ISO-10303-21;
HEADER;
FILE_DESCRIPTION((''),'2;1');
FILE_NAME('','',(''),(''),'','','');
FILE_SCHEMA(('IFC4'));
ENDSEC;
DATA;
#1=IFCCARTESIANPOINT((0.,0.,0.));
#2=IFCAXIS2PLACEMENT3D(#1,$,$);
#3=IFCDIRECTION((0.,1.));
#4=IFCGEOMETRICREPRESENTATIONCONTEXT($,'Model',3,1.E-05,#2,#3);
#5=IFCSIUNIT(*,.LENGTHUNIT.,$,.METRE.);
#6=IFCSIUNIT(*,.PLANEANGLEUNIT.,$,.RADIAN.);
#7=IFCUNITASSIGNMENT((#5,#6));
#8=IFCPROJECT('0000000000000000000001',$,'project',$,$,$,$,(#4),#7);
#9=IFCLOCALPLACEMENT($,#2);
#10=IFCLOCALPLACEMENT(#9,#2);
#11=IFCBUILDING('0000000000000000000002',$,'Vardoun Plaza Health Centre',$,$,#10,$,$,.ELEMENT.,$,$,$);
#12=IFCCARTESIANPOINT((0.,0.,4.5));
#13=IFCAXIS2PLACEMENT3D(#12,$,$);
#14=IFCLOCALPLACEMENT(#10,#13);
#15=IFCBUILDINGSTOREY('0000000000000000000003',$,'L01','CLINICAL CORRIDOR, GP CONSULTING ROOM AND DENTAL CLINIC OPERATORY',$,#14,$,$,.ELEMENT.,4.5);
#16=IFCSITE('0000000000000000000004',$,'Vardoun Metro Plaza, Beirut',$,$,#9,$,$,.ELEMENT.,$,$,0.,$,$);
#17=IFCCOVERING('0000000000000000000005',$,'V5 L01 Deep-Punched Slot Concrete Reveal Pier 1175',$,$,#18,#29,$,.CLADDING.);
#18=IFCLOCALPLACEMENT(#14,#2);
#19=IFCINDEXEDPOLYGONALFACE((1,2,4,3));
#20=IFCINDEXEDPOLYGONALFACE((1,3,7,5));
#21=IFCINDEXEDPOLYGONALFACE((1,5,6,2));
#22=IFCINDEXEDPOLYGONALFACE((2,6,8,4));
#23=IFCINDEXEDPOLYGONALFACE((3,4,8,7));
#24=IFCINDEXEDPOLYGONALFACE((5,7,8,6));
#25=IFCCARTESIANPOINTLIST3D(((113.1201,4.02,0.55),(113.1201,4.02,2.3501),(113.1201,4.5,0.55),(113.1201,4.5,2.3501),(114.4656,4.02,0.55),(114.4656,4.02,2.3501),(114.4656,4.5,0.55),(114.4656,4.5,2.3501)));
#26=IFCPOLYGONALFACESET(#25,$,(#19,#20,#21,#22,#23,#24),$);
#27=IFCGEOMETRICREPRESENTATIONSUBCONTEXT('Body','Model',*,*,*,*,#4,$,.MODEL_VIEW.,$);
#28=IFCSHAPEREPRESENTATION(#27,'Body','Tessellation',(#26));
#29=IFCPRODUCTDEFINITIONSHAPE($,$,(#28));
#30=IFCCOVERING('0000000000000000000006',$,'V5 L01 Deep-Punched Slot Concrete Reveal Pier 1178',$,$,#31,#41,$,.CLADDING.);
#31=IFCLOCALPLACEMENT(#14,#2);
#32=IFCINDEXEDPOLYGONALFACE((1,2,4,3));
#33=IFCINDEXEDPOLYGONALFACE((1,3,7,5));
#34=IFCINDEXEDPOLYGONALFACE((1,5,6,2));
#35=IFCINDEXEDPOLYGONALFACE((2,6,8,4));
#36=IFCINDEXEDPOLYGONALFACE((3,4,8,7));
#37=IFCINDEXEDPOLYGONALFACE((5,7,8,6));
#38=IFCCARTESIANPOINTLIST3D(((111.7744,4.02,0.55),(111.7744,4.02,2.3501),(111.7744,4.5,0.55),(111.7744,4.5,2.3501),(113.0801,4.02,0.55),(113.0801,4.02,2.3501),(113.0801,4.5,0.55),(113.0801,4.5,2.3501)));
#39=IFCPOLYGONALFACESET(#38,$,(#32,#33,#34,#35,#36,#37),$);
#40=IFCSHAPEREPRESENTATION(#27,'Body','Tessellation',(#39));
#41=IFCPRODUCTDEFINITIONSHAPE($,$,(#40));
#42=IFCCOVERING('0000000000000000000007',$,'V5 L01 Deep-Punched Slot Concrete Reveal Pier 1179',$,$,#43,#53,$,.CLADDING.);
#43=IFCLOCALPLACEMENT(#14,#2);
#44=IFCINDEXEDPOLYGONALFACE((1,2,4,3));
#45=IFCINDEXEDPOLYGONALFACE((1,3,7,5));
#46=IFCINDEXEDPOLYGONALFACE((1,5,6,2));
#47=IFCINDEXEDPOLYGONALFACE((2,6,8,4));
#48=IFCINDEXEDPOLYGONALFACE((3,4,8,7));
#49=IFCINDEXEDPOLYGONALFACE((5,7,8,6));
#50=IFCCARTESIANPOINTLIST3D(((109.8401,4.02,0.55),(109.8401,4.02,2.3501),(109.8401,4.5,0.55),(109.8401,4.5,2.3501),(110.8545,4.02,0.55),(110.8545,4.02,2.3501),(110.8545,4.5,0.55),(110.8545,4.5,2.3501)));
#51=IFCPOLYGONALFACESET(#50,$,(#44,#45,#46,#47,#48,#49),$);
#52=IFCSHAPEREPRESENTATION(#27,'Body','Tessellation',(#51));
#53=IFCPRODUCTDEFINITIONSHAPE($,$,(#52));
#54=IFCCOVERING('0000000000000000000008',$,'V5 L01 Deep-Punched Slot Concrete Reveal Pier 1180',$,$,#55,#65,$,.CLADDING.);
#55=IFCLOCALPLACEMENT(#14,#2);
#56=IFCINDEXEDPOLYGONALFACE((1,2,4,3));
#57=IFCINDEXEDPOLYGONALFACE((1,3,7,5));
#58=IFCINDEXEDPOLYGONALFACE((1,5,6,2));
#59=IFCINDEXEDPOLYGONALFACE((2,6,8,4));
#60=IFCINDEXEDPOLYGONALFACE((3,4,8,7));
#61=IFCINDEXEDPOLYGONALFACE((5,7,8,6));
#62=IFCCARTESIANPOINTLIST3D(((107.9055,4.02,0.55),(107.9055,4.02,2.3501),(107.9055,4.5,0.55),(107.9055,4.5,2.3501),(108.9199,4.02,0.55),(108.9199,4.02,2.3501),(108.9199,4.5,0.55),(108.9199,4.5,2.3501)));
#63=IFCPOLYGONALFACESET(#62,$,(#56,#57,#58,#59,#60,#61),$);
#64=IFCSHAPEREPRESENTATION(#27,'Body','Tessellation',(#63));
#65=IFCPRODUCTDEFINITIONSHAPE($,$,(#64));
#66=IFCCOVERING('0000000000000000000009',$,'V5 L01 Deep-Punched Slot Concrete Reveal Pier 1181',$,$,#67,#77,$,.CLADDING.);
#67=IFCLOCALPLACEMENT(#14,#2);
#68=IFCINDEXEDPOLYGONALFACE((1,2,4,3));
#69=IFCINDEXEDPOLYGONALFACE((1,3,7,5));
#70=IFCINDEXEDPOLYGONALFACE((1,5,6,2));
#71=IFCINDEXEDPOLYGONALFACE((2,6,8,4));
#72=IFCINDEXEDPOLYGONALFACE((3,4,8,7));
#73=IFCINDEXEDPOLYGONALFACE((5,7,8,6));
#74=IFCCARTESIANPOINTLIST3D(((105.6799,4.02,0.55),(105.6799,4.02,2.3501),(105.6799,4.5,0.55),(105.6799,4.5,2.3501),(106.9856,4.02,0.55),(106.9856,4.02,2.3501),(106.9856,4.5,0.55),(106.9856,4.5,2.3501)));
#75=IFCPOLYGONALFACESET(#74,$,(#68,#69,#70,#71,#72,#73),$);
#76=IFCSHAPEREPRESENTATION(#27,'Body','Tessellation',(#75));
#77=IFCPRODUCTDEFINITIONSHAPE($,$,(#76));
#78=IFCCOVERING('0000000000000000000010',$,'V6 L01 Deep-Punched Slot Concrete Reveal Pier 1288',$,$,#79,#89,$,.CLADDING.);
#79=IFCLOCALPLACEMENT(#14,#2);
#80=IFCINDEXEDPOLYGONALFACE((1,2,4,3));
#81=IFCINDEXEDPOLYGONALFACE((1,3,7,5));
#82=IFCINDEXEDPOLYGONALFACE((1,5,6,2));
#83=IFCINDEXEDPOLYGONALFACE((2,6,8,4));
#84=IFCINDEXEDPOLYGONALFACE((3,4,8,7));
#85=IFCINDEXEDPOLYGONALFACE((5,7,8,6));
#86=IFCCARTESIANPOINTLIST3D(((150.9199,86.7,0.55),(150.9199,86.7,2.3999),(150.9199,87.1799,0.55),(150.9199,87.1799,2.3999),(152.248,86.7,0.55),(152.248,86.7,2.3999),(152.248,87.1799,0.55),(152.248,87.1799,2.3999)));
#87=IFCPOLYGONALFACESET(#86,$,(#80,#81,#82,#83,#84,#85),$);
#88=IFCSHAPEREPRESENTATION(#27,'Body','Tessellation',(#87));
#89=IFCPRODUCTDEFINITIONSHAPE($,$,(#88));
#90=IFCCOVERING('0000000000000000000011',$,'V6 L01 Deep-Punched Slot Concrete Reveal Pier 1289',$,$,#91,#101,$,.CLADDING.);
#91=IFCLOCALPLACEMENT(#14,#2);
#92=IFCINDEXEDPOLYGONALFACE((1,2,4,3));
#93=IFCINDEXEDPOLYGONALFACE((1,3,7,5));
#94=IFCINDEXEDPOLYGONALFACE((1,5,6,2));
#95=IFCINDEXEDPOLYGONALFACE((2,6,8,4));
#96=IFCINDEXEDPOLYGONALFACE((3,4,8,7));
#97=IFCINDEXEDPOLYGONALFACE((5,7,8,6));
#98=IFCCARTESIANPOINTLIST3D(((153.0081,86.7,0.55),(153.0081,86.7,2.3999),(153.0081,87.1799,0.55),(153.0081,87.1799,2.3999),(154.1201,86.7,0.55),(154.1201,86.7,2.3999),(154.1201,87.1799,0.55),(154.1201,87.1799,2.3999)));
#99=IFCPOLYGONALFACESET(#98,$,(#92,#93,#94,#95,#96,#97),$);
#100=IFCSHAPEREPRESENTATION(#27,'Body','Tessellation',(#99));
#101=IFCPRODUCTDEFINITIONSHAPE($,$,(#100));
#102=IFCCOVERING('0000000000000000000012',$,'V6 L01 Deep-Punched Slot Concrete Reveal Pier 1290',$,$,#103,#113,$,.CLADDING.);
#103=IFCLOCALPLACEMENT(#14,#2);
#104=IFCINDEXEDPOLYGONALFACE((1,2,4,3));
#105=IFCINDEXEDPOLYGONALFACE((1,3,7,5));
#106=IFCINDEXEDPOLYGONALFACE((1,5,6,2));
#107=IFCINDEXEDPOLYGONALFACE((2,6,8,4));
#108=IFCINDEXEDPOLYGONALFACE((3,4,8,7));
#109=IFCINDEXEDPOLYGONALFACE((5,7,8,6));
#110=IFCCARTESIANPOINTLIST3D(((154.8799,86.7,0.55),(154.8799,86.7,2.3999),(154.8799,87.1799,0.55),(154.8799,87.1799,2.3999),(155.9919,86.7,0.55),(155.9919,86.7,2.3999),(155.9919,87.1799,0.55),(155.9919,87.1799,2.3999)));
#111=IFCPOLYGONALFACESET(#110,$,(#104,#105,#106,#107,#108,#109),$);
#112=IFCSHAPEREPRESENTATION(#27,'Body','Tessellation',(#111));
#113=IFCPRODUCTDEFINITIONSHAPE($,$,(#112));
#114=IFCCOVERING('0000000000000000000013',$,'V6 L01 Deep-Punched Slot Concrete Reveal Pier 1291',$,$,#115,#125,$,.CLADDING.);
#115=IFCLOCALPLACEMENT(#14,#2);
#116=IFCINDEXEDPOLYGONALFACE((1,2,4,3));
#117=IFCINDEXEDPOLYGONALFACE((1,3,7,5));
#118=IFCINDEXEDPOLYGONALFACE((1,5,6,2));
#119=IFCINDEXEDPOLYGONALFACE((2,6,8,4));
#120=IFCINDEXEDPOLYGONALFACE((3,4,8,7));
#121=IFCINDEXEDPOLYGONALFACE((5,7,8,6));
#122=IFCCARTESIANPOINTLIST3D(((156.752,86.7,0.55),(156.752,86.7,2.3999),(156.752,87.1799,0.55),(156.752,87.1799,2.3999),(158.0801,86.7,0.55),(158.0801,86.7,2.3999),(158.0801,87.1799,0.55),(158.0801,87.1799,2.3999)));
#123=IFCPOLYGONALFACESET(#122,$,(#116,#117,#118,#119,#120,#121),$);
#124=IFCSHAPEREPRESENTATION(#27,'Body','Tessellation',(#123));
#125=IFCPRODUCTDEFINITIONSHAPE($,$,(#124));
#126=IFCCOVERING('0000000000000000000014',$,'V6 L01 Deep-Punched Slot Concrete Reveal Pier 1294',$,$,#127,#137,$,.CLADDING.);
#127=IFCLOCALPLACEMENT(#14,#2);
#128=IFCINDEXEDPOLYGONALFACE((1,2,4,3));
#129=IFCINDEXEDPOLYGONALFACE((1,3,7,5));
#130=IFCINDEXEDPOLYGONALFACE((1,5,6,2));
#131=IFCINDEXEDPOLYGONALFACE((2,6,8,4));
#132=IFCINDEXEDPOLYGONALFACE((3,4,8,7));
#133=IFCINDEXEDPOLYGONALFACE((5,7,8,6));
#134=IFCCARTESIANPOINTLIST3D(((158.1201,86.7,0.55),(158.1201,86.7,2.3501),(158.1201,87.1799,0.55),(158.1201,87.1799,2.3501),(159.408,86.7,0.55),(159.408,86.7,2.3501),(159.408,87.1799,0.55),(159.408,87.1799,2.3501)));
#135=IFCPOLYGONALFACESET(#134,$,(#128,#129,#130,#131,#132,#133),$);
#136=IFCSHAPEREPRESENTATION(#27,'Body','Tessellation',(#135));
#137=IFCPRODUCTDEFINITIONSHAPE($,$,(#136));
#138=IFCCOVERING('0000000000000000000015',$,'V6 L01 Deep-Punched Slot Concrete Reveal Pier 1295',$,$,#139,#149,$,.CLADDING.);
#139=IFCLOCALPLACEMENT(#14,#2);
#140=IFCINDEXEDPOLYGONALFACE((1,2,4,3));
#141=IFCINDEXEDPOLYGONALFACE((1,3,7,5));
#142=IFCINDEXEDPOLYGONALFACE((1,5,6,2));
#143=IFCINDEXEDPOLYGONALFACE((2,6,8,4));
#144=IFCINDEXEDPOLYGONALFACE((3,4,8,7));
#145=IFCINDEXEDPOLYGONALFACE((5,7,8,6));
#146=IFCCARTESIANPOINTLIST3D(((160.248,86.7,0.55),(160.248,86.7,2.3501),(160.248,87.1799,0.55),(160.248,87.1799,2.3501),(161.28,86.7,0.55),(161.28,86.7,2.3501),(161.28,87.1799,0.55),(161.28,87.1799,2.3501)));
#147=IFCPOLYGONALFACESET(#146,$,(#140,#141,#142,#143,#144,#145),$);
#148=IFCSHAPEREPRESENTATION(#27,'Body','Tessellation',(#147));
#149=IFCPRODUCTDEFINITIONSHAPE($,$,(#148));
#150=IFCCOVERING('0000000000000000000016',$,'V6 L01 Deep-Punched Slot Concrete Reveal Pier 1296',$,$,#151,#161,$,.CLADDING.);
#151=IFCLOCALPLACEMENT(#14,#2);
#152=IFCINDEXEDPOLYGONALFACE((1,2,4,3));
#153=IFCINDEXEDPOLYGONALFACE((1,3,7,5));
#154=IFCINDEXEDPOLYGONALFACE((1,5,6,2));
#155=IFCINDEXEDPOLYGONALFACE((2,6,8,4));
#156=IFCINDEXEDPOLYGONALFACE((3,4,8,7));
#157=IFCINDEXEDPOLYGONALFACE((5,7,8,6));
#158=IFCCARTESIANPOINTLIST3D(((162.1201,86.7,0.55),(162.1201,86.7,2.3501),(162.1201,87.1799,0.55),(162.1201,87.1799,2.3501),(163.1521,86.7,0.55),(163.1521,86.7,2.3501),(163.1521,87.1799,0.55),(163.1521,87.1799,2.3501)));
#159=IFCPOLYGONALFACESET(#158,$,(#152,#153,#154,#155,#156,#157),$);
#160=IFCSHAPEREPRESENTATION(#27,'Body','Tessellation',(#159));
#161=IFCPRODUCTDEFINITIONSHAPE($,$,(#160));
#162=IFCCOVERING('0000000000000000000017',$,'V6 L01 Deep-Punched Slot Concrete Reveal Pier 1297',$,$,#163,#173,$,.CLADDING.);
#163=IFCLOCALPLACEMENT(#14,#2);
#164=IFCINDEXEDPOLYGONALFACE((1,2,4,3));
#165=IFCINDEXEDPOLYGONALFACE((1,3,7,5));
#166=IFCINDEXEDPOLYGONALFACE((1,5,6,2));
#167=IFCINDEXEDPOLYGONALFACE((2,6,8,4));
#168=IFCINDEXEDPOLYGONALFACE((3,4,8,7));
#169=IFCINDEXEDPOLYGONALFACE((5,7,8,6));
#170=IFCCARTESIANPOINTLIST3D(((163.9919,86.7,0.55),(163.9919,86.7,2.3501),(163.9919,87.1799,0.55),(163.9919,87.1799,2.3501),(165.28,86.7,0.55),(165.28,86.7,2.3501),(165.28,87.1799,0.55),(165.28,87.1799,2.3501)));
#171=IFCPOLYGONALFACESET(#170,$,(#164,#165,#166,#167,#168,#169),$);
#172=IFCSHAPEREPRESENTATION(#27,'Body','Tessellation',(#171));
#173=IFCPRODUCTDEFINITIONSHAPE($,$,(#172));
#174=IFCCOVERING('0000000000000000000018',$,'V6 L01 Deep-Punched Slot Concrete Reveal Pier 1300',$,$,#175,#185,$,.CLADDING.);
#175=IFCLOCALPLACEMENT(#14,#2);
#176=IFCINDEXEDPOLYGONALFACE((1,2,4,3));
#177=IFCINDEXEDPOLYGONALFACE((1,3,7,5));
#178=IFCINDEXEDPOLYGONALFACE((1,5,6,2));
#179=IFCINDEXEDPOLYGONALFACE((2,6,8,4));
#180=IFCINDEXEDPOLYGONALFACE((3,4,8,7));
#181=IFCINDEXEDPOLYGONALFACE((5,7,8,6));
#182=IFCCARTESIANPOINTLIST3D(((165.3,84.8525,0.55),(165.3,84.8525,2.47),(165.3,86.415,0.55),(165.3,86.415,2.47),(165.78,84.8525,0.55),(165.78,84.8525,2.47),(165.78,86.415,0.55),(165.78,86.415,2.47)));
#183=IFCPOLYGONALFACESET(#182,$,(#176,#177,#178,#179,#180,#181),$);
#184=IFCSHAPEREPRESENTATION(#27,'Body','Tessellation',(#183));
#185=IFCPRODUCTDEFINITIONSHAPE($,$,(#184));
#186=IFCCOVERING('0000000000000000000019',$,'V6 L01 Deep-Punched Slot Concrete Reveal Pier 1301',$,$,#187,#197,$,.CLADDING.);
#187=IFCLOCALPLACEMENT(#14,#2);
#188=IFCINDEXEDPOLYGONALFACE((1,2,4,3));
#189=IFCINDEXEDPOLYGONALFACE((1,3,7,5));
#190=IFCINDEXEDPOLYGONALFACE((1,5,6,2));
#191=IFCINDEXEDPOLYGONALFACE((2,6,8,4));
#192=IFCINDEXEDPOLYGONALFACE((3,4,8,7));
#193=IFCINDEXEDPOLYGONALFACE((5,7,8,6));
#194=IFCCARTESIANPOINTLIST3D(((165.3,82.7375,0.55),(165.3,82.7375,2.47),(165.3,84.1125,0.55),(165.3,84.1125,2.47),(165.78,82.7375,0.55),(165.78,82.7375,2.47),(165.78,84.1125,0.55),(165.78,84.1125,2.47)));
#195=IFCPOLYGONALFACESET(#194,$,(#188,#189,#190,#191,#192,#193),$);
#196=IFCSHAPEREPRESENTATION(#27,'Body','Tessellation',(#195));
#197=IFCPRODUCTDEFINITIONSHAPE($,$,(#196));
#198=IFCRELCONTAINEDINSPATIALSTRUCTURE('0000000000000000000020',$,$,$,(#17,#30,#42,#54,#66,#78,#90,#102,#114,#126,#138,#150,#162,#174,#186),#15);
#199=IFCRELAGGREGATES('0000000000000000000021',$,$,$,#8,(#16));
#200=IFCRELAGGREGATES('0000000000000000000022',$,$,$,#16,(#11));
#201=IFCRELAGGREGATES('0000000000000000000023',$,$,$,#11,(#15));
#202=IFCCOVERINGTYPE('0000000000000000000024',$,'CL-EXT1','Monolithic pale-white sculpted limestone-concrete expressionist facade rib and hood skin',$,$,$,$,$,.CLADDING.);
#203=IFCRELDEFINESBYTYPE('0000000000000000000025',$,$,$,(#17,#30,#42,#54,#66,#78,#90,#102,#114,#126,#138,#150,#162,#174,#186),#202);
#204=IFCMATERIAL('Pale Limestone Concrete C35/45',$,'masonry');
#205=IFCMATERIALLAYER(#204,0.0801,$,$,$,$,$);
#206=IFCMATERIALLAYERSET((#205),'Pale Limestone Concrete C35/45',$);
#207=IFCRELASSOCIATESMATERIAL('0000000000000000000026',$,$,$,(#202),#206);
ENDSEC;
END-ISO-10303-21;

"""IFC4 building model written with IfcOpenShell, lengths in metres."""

from ifc_helpers import new_model, si_unit, direction, frame, origin, place, context, subcontext, project, spatial, polyline, outline, extrude, material, layer, layer_set, type_object, element, save


model = new_model("IFC4")

# Units and contexts
model_context = context("Model", 3, precision=1e-05, world=origin(), true_north=direction((0.0, 1.0)))
body_context = subcontext(model_context, "Body", "Model", "MODEL_VIEW")
ifc_project = project(units=[si_unit("LENGTHUNIT", "METRE"), si_unit("PLANEANGLEUNIT", "RADIAN")], contexts=[model_context])

# Site, building, storey
site_placement = place(None, origin())
site = spatial("IfcSite", under=ifc_project, at=site_placement, Name="Vardoun Metro Plaza, Beirut", CompositionType="ELEMENT", RefElevation=0.0)
building_placement = place(site_placement, origin())
building = spatial("IfcBuilding", under=site, at=building_placement, Name="Vardoun Plaza Health Centre", CompositionType="ELEMENT")
storey_placement = place(building_placement, frame((0.0, 0.0, 4.5)))
storey = spatial("IfcBuildingStorey", under=building, at=storey_placement, Name="L01", Description="CLINICAL CORRIDOR, GP CONSULTING ROOM AND DENTAL CLINIC OPERATORY", CompositionType="ELEMENT", Elevation=4.5)

# Coverings
ifc_material = material(Name="Pale Limestone Concrete C35/45", Category="masonry")
ifc_layer = layer(ifc_material, 0.0801)
ifc_layer_set = layer_set([ifc_layer], Name="Pale Limestone Concrete C35/45")
covering_type = type_object("IfcCoveringType", Name="CL-EXT1", Description="Monolithic pale-white sculpted limestone-concrete expressionist facade rib and hood skin", PredefinedType="CLADDING", material=ifc_layer_set)
covering_1_placement = place(storey_placement, frame((0.0, 0.0, 0.55)))
element("IfcCovering", 1, at=covering_1_placement, inside=storey, type_object=covering_type, Name="V5 L01 Deep-Punched Slot Concrete Reveal Pier 1175", PredefinedType="CLADDING", context=body_context, shape_type="SweptSolid", body=[
    extrude(outline(polyline([(114.4656, 4.5), (113.1201, 4.5), (113.1201, 4.02), (114.4656, 4.02), (114.4656, 4.5)])), origin(), (0.0, 0.0, 1.0), 1.8),
])
covering_2_placement = place(storey_placement, frame((0.0, 0.0, 0.55)))
element("IfcCovering", 2, at=covering_2_placement, inside=storey, type_object=covering_type, Name="V5 L01 Deep-Punched Slot Concrete Reveal Pier 1178", PredefinedType="CLADDING", context=body_context, shape_type="SweptSolid", body=[
    extrude(outline(polyline([(113.0801, 4.5), (111.7744, 4.5), (111.7744, 4.02), (113.0801, 4.02), (113.0801, 4.5)])), origin(), (0.0, 0.0, 1.0), 1.8),
])
covering_3_placement = place(storey_placement, frame((0.0, 0.0, 0.55)))
element("IfcCovering", 3, at=covering_3_placement, inside=storey, type_object=covering_type, Name="V5 L01 Deep-Punched Slot Concrete Reveal Pier 1179", PredefinedType="CLADDING", context=body_context, shape_type="SweptSolid", body=[
    extrude(outline(polyline([(110.8545, 4.5), (109.8401, 4.5), (109.8401, 4.02), (110.8545, 4.02), (110.8545, 4.5)])), origin(), (0.0, 0.0, 1.0), 1.8),
])
covering_4_placement = place(storey_placement, frame((0.0, 0.0, 0.55)))
element("IfcCovering", 4, at=covering_4_placement, inside=storey, type_object=covering_type, Name="V5 L01 Deep-Punched Slot Concrete Reveal Pier 1180", PredefinedType="CLADDING", context=body_context, shape_type="SweptSolid", body=[
    extrude(outline(polyline([(108.9199, 4.5), (107.9055, 4.5), (107.9055, 4.02), (108.9199, 4.02), (108.9199, 4.5)])), origin(), (0.0, 0.0, 1.0), 1.8),
])
covering_5_placement = place(storey_placement, frame((0.0, 0.0, 0.55)))
element("IfcCovering", 5, at=covering_5_placement, inside=storey, type_object=covering_type, Name="V5 L01 Deep-Punched Slot Concrete Reveal Pier 1181", PredefinedType="CLADDING", context=body_context, shape_type="SweptSolid", body=[
    extrude(outline(polyline([(106.9856, 4.5), (105.6799, 4.5), (105.6799, 4.02), (106.9856, 4.02), (106.9856, 4.5)])), origin(), (0.0, 0.0, 1.0), 1.8),
])
covering_6_placement = place(storey_placement, frame((0.0, 0.0, 0.55)))
element("IfcCovering", 6, at=covering_6_placement, inside=storey, type_object=covering_type, Name="V6 L01 Deep-Punched Slot Concrete Reveal Pier 1288", PredefinedType="CLADDING", context=body_context, shape_type="SweptSolid", body=[
    extrude(outline(polyline([(150.9199, 86.7), (152.248, 86.7), (152.248, 87.1799), (150.9199, 87.1799), (150.9199, 86.7)])), origin(), (0.0, 0.0, 1.0), 1.8499),
])
covering_7_placement = place(storey_placement, frame((0.0, 0.0, 0.55)))
element("IfcCovering", 7, at=covering_7_placement, inside=storey, type_object=covering_type, Name="V6 L01 Deep-Punched Slot Concrete Reveal Pier 1289", PredefinedType="CLADDING", context=body_context, shape_type="SweptSolid", body=[
    extrude(outline(polyline([(153.0081, 86.7), (154.1201, 86.7), (154.1201, 87.1799), (153.0081, 87.1799), (153.0081, 86.7)])), origin(), (0.0, 0.0, 1.0), 1.8499),
])
covering_8_placement = place(storey_placement, frame((0.0, 0.0, 0.55)))
element("IfcCovering", 8, at=covering_8_placement, inside=storey, type_object=covering_type, Name="V6 L01 Deep-Punched Slot Concrete Reveal Pier 1290", PredefinedType="CLADDING", context=body_context, shape_type="SweptSolid", body=[
    extrude(outline(polyline([(154.8799, 86.7), (155.9919, 86.7), (155.9919, 87.1799), (154.8799, 87.1799), (154.8799, 86.7)])), origin(), (0.0, 0.0, 1.0), 1.8499),
])
covering_9_placement = place(storey_placement, frame((0.0, 0.0, 0.55)))
element("IfcCovering", 9, at=covering_9_placement, inside=storey, type_object=covering_type, Name="V6 L01 Deep-Punched Slot Concrete Reveal Pier 1291", PredefinedType="CLADDING", context=body_context, shape_type="SweptSolid", body=[
    extrude(outline(polyline([(156.752, 86.7), (158.0801, 86.7), (158.0801, 87.1799), (156.752, 87.1799), (156.752, 86.7)])), origin(), (0.0, 0.0, 1.0), 1.8499),
])
covering_10_placement = place(storey_placement, frame((0.0, 0.0, 0.55)))
element("IfcCovering", 10, at=covering_10_placement, inside=storey, type_object=covering_type, Name="V6 L01 Deep-Punched Slot Concrete Reveal Pier 1294", PredefinedType="CLADDING", context=body_context, shape_type="SweptSolid", body=[
    extrude(outline(polyline([(158.1201, 86.7), (159.408, 86.7), (159.408, 87.1799), (158.1201, 87.1799), (158.1201, 86.7)])), origin(), (0.0, 0.0, 1.0), 1.8),
])
covering_11_placement = place(storey_placement, frame((0.0, 0.0, 0.55)))
element("IfcCovering", 11, at=covering_11_placement, inside=storey, type_object=covering_type, Name="V6 L01 Deep-Punched Slot Concrete Reveal Pier 1295", PredefinedType="CLADDING", context=body_context, shape_type="SweptSolid", body=[
    extrude(outline(polyline([(160.248, 86.7), (161.28, 86.7), (161.28, 87.1799), (160.248, 87.1799), (160.248, 86.7)])), origin(), (0.0, 0.0, 1.0), 1.8),
])
covering_12_placement = place(storey_placement, frame((0.0, 0.0, 0.55)))
element("IfcCovering", 12, at=covering_12_placement, inside=storey, type_object=covering_type, Name="V6 L01 Deep-Punched Slot Concrete Reveal Pier 1296", PredefinedType="CLADDING", context=body_context, shape_type="SweptSolid", body=[
    extrude(outline(polyline([(162.1201, 86.7), (163.1521, 86.7), (163.1521, 87.1799), (162.1201, 87.1799), (162.1201, 86.7)])), origin(), (0.0, 0.0, 1.0), 1.8),
])
covering_13_placement = place(storey_placement, frame((0.0, 0.0, 0.55)))
element("IfcCovering", 13, at=covering_13_placement, inside=storey, type_object=covering_type, Name="V6 L01 Deep-Punched Slot Concrete Reveal Pier 1297", PredefinedType="CLADDING", context=body_context, shape_type="SweptSolid", body=[
    extrude(outline(polyline([(163.9919, 86.7), (165.28, 86.7), (165.28, 87.1799), (163.9919, 87.1799), (163.9919, 86.7)])), origin(), (0.0, 0.0, 1.0), 1.8),
])
covering_14_placement = place(storey_placement, frame((0.0, 0.0, 0.55)))
element("IfcCovering", 14, at=covering_14_placement, inside=storey, type_object=covering_type, Name="V6 L01 Deep-Punched Slot Concrete Reveal Pier 1300", PredefinedType="CLADDING", context=body_context, shape_type="SweptSolid", body=[
    extrude(outline(polyline([(165.3, 86.415), (165.3, 84.8525), (165.78, 84.8525), (165.78, 86.415), (165.3, 86.415)])), origin(), (0.0, 0.0, 1.0), 1.9199),
])
covering_15_placement = place(storey_placement, frame((0.0, 0.0, 0.55)))
element("IfcCovering", 15, at=covering_15_placement, inside=storey, type_object=covering_type, Name="V6 L01 Deep-Punched Slot Concrete Reveal Pier 1301", PredefinedType="CLADDING", context=body_context, shape_type="SweptSolid", body=[
    extrude(outline(polyline([(165.3, 84.1125), (165.3, 82.7375), (165.78, 82.7375), (165.78, 84.1125), (165.3, 84.1125)])), origin(), (0.0, 0.0, 1.0), 1.9199),
])

save(model, "model.ifc")
